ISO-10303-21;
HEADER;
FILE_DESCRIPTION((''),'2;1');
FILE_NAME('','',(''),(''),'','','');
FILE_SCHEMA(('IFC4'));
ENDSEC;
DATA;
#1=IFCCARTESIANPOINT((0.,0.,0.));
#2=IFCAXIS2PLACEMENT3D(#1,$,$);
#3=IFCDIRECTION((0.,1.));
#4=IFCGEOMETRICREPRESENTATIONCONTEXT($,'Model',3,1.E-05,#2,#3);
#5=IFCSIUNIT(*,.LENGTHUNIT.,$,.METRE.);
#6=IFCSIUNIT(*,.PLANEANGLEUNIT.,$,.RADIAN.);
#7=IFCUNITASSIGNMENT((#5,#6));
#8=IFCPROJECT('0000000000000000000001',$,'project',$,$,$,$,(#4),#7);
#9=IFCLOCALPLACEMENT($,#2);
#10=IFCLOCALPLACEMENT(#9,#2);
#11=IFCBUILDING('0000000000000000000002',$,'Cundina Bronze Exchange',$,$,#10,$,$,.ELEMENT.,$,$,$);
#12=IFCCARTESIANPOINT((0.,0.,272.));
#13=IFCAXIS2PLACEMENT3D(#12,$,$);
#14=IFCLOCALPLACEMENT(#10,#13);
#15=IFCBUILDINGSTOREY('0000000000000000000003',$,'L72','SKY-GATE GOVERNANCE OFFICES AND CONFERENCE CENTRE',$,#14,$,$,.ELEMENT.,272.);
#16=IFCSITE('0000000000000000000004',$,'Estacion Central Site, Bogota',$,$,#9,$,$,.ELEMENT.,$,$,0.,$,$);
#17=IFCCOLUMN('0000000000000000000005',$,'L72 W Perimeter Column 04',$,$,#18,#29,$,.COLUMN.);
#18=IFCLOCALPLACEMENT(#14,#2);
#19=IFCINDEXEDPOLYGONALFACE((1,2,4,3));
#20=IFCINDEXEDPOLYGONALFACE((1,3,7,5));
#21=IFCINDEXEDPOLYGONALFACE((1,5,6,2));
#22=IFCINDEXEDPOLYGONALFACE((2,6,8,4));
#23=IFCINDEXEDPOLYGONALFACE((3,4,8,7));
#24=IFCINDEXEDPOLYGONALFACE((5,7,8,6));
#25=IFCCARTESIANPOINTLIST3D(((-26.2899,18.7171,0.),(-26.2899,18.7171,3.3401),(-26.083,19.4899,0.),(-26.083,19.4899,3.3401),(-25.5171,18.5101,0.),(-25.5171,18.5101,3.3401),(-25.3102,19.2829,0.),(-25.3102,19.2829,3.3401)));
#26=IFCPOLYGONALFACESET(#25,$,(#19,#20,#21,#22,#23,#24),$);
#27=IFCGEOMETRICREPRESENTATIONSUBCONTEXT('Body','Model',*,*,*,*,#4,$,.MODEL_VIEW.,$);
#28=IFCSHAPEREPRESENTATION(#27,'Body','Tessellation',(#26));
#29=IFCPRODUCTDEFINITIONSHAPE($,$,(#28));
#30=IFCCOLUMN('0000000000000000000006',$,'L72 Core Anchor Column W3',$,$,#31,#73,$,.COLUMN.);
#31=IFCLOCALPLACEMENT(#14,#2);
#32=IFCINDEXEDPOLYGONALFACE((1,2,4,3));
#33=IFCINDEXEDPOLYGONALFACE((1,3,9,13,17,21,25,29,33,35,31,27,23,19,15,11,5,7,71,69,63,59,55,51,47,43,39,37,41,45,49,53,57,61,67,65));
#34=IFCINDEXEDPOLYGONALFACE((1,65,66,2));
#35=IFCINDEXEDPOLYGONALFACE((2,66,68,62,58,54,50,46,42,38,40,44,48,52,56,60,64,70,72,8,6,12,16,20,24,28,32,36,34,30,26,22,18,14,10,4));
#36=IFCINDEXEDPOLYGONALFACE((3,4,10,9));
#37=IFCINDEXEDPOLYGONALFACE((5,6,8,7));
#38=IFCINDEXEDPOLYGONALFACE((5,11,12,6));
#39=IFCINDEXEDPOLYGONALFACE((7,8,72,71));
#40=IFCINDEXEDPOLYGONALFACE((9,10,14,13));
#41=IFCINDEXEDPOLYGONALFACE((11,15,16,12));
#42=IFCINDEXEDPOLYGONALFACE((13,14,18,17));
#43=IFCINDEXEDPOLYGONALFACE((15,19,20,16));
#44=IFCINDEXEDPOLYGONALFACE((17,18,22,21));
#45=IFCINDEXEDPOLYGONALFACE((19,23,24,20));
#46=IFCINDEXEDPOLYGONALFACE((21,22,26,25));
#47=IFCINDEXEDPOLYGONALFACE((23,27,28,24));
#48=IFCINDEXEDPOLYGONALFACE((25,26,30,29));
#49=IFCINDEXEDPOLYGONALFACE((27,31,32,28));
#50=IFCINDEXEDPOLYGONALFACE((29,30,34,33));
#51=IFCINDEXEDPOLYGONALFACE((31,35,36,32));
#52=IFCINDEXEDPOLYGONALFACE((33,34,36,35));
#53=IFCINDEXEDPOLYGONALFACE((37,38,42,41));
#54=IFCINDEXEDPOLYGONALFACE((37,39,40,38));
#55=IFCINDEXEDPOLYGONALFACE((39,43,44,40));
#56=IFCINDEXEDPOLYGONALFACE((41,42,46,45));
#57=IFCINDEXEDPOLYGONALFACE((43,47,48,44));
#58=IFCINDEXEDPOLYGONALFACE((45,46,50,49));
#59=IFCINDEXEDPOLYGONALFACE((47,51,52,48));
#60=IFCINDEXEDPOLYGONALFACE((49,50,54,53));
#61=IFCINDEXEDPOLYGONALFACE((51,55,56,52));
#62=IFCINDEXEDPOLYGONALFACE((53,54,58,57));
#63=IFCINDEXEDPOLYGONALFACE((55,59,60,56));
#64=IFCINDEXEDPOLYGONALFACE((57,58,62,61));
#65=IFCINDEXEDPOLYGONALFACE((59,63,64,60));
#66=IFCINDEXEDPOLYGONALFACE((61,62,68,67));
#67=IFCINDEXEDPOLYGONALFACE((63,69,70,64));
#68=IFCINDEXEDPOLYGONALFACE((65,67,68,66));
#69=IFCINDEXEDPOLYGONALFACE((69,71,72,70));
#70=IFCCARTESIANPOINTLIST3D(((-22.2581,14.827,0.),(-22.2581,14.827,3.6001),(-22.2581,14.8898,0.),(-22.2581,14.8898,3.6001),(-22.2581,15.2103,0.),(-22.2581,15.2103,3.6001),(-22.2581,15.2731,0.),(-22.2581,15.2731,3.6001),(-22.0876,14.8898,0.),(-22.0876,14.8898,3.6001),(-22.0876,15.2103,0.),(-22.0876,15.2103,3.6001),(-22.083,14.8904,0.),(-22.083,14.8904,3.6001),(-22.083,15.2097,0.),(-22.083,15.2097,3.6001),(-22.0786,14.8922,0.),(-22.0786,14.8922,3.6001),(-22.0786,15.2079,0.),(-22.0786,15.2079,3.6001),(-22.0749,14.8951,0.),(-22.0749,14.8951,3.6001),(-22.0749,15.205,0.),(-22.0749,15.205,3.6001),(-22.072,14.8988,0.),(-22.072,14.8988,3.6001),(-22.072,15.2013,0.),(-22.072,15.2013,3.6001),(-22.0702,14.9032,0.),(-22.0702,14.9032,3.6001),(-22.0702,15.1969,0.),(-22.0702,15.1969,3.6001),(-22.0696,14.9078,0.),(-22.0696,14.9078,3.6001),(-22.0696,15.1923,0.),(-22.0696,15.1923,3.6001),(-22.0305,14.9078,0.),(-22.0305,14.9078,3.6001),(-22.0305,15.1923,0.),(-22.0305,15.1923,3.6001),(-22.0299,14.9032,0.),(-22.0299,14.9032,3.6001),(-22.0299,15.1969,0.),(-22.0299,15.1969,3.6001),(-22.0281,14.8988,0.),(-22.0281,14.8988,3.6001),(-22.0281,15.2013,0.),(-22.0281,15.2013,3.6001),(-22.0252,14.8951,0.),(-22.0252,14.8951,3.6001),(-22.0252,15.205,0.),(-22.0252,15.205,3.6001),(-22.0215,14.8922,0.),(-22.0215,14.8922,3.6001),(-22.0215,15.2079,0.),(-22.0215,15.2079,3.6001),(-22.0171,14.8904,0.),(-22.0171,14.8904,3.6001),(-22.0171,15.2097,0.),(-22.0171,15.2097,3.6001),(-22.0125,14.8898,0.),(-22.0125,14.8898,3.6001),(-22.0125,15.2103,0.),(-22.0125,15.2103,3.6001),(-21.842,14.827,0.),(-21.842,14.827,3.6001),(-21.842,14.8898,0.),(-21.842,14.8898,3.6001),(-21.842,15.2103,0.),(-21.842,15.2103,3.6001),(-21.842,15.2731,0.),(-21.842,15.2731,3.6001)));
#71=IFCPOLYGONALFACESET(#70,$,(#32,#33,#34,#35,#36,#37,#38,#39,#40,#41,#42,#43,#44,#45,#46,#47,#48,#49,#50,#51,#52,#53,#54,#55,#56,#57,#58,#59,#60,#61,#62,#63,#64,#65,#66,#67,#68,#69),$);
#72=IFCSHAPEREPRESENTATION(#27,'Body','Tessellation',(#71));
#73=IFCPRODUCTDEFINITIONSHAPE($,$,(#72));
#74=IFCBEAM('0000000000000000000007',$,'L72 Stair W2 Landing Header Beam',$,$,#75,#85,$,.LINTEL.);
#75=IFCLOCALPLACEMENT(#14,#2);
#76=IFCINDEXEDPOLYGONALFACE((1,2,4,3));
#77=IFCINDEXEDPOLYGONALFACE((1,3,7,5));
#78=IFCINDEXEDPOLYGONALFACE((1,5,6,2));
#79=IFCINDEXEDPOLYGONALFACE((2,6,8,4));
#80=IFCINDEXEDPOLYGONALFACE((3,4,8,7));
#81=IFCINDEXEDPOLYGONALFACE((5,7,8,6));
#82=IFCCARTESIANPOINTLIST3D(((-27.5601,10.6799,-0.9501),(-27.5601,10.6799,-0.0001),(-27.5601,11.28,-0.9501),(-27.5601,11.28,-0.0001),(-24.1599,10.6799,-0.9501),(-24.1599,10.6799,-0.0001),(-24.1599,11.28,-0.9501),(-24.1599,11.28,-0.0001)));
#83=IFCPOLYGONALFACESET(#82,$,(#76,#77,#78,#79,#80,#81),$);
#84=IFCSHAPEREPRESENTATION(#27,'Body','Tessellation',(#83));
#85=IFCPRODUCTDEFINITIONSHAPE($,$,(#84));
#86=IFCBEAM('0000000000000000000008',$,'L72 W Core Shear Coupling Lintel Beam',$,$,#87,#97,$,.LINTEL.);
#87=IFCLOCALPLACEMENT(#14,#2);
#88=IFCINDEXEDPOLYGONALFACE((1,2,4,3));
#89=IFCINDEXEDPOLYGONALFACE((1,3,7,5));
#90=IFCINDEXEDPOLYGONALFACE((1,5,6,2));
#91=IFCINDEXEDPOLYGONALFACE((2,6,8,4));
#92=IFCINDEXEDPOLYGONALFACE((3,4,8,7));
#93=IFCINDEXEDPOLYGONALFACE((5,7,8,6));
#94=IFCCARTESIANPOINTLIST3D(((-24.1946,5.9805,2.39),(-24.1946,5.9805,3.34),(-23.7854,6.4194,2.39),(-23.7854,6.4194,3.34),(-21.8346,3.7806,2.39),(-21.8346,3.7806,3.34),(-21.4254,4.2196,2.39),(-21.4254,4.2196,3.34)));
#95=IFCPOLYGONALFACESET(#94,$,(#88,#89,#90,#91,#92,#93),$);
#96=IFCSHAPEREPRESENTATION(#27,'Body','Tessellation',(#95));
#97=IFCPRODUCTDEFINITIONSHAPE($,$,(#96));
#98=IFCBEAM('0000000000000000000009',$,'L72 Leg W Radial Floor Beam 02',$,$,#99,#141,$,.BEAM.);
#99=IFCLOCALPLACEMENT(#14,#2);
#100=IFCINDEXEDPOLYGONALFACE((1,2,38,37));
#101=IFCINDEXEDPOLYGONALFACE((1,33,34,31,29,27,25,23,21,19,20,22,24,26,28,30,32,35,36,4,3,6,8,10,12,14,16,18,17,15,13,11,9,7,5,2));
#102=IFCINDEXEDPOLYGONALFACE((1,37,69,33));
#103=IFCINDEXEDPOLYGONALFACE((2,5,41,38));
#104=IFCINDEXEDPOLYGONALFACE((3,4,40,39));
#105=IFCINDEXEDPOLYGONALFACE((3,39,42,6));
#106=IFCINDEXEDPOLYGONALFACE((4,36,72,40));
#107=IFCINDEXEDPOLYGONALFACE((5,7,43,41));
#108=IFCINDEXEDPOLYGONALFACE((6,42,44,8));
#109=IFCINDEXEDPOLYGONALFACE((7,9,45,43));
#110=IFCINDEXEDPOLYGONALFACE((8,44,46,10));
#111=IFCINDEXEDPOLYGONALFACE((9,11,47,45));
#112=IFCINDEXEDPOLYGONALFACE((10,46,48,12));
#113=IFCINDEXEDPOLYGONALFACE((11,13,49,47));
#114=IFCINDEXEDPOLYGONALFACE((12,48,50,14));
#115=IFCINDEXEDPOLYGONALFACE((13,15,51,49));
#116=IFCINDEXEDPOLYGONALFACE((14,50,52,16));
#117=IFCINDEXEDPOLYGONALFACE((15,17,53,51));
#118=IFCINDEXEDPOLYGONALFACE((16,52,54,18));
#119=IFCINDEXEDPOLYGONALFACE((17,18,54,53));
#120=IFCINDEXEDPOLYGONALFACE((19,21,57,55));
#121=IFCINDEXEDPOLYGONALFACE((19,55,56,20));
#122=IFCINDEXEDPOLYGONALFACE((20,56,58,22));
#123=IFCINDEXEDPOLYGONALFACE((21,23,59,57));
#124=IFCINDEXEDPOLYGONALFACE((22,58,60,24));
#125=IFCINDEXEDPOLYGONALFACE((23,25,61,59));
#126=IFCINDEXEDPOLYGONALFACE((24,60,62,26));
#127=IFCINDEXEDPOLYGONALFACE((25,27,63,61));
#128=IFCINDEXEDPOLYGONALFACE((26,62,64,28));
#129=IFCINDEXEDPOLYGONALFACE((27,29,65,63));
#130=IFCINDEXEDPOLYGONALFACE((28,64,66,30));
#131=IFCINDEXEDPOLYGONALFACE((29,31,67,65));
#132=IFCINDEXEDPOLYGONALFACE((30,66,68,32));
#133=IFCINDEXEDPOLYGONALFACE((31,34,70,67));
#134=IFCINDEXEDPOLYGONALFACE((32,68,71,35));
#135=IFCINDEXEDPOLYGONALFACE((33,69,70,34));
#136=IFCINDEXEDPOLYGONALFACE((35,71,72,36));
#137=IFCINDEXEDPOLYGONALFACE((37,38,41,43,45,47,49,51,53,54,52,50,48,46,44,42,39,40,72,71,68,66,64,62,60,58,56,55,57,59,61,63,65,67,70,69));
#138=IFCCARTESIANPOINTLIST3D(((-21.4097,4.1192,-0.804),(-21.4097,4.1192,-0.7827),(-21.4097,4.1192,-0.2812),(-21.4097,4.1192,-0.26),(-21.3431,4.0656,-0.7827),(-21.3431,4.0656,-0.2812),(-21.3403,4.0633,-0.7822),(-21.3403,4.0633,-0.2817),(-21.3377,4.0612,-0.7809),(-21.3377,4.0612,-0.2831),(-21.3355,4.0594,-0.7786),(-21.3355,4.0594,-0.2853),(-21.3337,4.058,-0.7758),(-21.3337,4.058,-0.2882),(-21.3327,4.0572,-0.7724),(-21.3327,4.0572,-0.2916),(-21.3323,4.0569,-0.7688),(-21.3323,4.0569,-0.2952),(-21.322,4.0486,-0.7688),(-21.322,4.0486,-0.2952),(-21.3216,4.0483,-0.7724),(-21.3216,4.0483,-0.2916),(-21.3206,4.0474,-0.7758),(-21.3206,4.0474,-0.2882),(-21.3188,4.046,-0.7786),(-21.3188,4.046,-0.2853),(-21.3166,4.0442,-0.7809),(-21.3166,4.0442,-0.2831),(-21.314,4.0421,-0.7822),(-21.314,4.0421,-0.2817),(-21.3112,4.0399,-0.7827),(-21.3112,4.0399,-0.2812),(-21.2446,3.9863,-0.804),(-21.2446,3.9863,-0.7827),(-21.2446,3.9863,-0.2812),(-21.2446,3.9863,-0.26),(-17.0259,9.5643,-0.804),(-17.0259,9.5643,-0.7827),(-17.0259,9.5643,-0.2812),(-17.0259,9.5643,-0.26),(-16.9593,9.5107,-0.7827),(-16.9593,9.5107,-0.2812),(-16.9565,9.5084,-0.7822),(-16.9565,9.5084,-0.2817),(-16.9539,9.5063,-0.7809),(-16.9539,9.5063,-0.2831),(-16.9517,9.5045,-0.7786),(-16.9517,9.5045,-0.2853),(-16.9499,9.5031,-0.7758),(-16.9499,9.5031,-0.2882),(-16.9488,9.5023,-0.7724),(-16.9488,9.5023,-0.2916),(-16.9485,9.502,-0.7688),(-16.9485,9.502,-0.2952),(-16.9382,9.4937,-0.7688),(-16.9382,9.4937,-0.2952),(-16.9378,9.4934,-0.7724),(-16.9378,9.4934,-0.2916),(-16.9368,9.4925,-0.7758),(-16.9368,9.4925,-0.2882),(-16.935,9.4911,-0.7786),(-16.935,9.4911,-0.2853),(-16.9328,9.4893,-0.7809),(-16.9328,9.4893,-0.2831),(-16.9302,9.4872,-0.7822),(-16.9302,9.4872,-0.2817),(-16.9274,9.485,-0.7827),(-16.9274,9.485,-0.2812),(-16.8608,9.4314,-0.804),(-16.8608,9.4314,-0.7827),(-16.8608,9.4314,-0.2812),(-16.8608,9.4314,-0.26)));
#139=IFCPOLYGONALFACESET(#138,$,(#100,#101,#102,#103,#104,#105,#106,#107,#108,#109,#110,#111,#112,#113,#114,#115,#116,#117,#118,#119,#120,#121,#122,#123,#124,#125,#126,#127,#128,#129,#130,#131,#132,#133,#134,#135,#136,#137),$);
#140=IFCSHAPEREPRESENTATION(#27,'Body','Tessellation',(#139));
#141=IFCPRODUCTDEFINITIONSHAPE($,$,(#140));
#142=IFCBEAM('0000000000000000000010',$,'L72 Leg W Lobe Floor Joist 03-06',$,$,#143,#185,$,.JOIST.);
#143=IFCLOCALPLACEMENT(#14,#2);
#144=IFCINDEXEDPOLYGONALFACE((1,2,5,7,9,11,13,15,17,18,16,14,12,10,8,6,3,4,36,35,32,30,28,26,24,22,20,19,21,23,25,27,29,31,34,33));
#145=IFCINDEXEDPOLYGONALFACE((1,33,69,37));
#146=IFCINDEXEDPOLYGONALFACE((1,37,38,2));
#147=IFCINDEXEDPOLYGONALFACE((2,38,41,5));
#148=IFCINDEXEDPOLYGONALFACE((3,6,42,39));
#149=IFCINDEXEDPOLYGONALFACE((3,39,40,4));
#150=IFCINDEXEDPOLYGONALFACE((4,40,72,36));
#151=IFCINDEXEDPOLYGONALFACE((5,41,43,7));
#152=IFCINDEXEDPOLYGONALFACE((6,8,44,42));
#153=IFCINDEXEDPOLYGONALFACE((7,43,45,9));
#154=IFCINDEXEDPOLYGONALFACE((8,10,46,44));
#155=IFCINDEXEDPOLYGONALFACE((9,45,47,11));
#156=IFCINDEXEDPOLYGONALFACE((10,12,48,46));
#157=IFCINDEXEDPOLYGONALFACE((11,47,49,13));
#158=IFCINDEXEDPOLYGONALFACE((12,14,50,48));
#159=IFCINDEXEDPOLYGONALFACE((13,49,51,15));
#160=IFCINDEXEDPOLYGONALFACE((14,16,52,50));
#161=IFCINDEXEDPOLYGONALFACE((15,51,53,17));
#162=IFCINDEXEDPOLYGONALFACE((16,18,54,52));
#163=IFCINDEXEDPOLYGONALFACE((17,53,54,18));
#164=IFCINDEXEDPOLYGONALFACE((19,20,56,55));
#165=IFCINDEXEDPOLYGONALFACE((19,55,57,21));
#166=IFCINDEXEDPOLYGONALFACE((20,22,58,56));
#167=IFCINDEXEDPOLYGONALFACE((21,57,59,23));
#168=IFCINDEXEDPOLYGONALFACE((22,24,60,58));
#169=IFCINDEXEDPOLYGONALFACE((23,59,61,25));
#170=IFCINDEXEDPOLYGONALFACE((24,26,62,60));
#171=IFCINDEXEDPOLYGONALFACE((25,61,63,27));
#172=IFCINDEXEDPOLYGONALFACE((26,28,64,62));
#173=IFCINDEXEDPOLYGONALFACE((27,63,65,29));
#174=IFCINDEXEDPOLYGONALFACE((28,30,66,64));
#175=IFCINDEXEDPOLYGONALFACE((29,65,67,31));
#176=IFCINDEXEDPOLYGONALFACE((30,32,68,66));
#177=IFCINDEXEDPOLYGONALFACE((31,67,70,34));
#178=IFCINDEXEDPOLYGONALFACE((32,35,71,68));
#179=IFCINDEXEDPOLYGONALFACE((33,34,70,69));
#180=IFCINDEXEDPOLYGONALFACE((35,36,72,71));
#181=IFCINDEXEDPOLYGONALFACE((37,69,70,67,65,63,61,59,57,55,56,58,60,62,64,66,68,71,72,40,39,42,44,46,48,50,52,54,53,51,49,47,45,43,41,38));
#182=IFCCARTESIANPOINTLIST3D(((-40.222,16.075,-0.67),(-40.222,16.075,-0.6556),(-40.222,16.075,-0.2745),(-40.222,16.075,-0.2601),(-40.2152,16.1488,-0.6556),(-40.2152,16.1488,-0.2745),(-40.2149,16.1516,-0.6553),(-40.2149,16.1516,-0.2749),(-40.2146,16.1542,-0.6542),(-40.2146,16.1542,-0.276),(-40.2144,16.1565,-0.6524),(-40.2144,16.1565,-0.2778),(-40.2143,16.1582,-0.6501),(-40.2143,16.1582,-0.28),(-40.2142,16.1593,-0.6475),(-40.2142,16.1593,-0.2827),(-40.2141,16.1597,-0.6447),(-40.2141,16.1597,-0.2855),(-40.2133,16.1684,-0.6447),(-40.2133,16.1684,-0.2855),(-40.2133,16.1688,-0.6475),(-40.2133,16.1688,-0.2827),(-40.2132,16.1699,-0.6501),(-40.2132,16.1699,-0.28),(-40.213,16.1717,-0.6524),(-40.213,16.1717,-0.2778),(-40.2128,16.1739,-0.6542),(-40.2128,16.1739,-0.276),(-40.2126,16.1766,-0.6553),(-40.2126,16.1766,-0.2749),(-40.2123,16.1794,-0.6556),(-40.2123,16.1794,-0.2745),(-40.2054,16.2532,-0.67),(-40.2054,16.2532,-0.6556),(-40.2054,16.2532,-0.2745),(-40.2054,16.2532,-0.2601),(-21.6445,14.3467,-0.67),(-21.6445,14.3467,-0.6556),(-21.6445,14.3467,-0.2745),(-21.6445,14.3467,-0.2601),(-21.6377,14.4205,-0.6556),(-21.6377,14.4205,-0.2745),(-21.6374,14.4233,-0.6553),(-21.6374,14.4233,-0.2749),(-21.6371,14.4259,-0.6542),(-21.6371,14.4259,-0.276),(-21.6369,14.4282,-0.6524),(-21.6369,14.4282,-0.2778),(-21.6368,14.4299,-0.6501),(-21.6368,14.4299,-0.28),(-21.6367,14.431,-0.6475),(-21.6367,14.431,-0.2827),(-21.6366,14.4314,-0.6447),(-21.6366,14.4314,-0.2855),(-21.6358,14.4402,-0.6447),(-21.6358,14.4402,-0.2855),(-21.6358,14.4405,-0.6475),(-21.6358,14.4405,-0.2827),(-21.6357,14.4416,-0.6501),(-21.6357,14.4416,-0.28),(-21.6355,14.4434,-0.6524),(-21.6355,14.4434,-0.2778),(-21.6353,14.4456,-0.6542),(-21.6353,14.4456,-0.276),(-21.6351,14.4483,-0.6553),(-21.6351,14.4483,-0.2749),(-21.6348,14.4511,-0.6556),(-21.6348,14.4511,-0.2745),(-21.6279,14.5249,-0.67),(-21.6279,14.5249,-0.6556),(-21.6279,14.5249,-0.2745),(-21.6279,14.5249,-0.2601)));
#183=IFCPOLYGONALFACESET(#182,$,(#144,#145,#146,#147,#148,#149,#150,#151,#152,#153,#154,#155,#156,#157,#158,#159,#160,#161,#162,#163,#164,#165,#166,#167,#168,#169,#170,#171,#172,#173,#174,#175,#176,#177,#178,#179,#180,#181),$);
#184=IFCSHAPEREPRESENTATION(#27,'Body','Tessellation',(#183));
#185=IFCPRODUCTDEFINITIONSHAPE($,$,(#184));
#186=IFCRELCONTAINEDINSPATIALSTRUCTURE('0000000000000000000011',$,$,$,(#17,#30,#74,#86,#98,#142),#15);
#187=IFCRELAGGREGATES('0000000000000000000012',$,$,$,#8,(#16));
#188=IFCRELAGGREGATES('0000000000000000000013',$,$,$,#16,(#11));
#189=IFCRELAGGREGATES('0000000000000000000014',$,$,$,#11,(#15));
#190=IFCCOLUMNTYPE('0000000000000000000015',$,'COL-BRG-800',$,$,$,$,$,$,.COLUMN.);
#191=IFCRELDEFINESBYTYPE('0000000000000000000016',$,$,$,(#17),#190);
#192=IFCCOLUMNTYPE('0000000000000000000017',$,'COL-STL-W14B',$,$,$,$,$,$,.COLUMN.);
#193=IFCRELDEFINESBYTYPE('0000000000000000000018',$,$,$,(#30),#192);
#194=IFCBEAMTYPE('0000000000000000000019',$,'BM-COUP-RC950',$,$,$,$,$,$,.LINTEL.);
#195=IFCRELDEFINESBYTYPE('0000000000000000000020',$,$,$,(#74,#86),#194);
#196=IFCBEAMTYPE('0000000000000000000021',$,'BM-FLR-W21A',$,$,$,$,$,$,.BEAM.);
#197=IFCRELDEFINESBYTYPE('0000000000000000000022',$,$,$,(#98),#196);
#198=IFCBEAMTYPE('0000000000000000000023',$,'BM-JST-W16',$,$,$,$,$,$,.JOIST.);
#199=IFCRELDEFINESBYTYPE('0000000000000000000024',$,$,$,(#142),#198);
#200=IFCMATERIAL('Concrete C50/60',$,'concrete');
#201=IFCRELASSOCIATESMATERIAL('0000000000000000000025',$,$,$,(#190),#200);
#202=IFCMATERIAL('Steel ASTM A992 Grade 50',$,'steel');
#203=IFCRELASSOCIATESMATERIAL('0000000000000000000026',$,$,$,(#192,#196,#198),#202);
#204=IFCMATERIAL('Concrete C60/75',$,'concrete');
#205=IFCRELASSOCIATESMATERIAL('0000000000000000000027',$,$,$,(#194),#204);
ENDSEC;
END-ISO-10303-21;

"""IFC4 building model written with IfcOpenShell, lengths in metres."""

from ifc_helpers import new_model, si_unit, direction, frame, origin, origin_2d, place, context, subcontext, project, spatial, rectangle, i_section, extrude, material, material_profile, profile_set, type_object, element, save


model = new_model("IFC4")

# Units and contexts
model_context = context("Model", 3, precision=1e-05, world=origin(), true_north=direction((0.0, 1.0)))
body_context = subcontext(model_context, "Body", "Model", "MODEL_VIEW")
ifc_project = project(units=[si_unit("LENGTHUNIT", "METRE"), si_unit("PLANEANGLEUNIT", "RADIAN")], contexts=[model_context])

# Site, building, storey
site_placement = place(None, origin())
site = spatial("IfcSite", under=ifc_project, at=site_placement, Name="Estacion Central Site, Bogota", CompositionType="ELEMENT", RefElevation=0.0)
building_placement = place(site_placement, origin())
building = spatial("IfcBuilding", under=site, at=building_placement, Name="Cundina Bronze Exchange", CompositionType="ELEMENT")
storey_placement = place(building_placement, frame((0.0, 0.0, 272.0)))
storey = spatial("IfcBuildingStorey", under=building, at=storey_placement, Name="L72", Description="SKY-GATE GOVERNANCE OFFICES AND CONFERENCE CENTRE", CompositionType="ELEMENT", Elevation=272.0)

# Columns
ifc_material_1 = material(Name="Concrete C50/60", Category="concrete")
ifc_material_profile_1 = material_profile(ifc_material_1, rectangle(XDim=0.8, YDim=0.8, at=origin_2d()), Name="RC800X800", Category="concrete")
ifc_profile_set_1 = profile_set([ifc_material_profile_1], Name="Concrete C50/60")
column_type_1 = type_object("IfcColumnType", Name="COL-BRG-800", PredefinedType="COLUMN", material=ifc_profile_set_1)
column_1_placement = place(storey_placement, frame((-25.8, 19.0, 0.0), z_axis=(0.0, 0.0, 1.0), x_axis=(-0.965971, 0.25865, 0.0)))
element("IfcColumn", 1, at=column_1_placement, inside=storey, type_object=column_type_1, Name="L72 W Perimeter Column 04", PredefinedType="COLUMN", context=body_context, shape_type="SweptSolid", body=[
    extrude(rectangle(XDim=0.8, YDim=0.8, at=origin_2d()), origin(), (0.0, 0.0, 1.0), 3.3401),
])
ifc_material_2 = material(Name="Steel ASTM A992 Grade 50", Category="steel")
ifc_material_profile_2 = material_profile(ifc_material_2, i_section(OverallWidth=0.416, OverallDepth=0.446, WebThickness=0.0391, FlangeThickness=0.0627, FilletRadius=0.0181, at=origin_2d()), Name="W14X342", Category="steel")
ifc_profile_set_2 = profile_set([ifc_material_profile_2], Name="Steel ASTM A992 Grade 50")
column_type_2 = type_object("IfcColumnType", Name="COL-STL-W14B", PredefinedType="COLUMN", material=ifc_profile_set_2)
column_2_placement = place(storey_placement, frame((-22.05, 15.05, 0.0), z_axis=(0.0, 0.0, 1.0), x_axis=(1.0, 0.0, 0.0)))
element("IfcColumn", 2, at=column_2_placement, inside=storey, type_object=column_type_2, Name="L72 Core Anchor Column W3", PredefinedType="COLUMN", context=body_context, shape_type="SweptSolid", body=[
    extrude(i_section(OverallWidth=0.416, OverallDepth=0.446, WebThickness=0.0391, FlangeThickness=0.0627, FilletRadius=0.0181, at=origin_2d()), origin(), (0.0, 0.0, 1.0), 3.6001),
])

# Beams
ifc_material_3 = material(Name="Concrete C60/75", Category="concrete")
ifc_material_profile_3 = material_profile(ifc_material_3, rectangle(XDim=0.6001, YDim=0.95, at=origin_2d()), Name="RC600X950", Category="concrete")
ifc_profile_set_3 = profile_set([ifc_material_profile_3], Name="Concrete C60/75")
beam_type_1 = type_object("IfcBeamType", Name="BM-COUP-RC950", PredefinedType="LINTEL", material=ifc_profile_set_3)
beam_1_placement = place(storey_placement, frame((-27.5601, 10.98, -0.4751), z_axis=(1.0, 0.0, 0.0), x_axis=(0.0, 1.0, 0.0)))
element("IfcBeam", 3, at=beam_1_placement, inside=storey, type_object=beam_type_1, Name="L72 Stair W2 Landing Header Beam", PredefinedType="LINTEL", context=body_context, shape_type="SweptSolid", body=[
    extrude(rectangle(XDim=0.6001, YDim=0.95, at=origin_2d()), origin(), (0.0, 0.0, 1.0), 3.4001),
])
beam_2_placement = place(storey_placement, frame((-23.99, 6.2, 2.865), z_axis=(0.73149, -0.681852, 0.0), x_axis=(0.681852, 0.73149, 0.0)))
element("IfcBeam", 4, at=beam_2_placement, inside=storey, type_object=beam_type_1, Name="L72 W Core Shear Coupling Lintel Beam", PredefinedType="LINTEL", context=body_context, shape_type="SweptSolid", body=[
    extrude(rectangle(XDim=0.6001, YDim=0.95, at=origin_2d()), origin(), (0.0, 0.0, 1.0), 3.2263),
])
ifc_material_profile_4 = material_profile(ifc_material_2, i_section(OverallWidth=0.2119, OverallDepth=0.5439, WebThickness=0.0132, FlangeThickness=0.0212, FilletRadius=0.0139, at=origin_2d()), Name="W21X83", Category="steel")
ifc_profile_set_4 = profile_set([ifc_material_profile_4], Name="Steel ASTM A992 Grade 50")
beam_type_2 = type_object("IfcBeamType", Name="BM-FLR-W21A", PredefinedType="BEAM", material=ifc_profile_set_4)
beam_3_placement = place(storey_placement, frame((-21.3271, 4.0527, -0.532), z_axis=(0.627111, 0.77893, 0.0), x_axis=(-0.77893, 0.627111, 0.0)))
element("IfcBeam", 5, at=beam_3_placement, inside=storey, type_object=beam_type_2, Name="L72 Leg W Radial Floor Beam 02", PredefinedType="BEAM", context=body_context, shape_type="SweptSolid", body=[
    extrude(i_section(OverallWidth=0.2119, OverallDepth=0.5439, WebThickness=0.0132, FlangeThickness=0.0212, FilletRadius=0.0139, at=origin_2d()), origin(), (0.0, 0.0, 1.0), 6.9905),
])
ifc_material_profile_5 = material_profile(ifc_material_2, i_section(OverallWidth=0.179, OverallDepth=0.4099, WebThickness=0.0088, FlangeThickness=0.0144, FilletRadius=0.011, at=origin_2d()), Name="W16X45", Category="steel")
ifc_profile_set_5 = profile_set([ifc_material_profile_5], Name="Steel ASTM A992 Grade 50")
beam_type_3 = type_object("IfcBeamType", Name="BM-JST-W16", PredefinedType="JOIST", material=ifc_profile_set_5)
beam_4_placement = place(storey_placement, frame((-21.6362, 14.4358, -0.4651), z_axis=(-0.995701, 0.092631, 0.0), x_axis=(-0.092631, -0.995701, 0.0)))
element("IfcBeam", 6, at=beam_4_placement, inside=storey, type_object=beam_type_3, Name="L72 Leg W Lobe Floor Joist 03-06", PredefinedType="JOIST", context=body_context, shape_type="SweptSolid", body=[
    extrude(i_section(OverallWidth=0.179, OverallDepth=0.4099, WebThickness=0.0088, FlangeThickness=0.0144, FilletRadius=0.011, at=origin_2d()), origin(), (0.0, 0.0, 1.0), 18.6577),
])

save(model, "model.ifc")
